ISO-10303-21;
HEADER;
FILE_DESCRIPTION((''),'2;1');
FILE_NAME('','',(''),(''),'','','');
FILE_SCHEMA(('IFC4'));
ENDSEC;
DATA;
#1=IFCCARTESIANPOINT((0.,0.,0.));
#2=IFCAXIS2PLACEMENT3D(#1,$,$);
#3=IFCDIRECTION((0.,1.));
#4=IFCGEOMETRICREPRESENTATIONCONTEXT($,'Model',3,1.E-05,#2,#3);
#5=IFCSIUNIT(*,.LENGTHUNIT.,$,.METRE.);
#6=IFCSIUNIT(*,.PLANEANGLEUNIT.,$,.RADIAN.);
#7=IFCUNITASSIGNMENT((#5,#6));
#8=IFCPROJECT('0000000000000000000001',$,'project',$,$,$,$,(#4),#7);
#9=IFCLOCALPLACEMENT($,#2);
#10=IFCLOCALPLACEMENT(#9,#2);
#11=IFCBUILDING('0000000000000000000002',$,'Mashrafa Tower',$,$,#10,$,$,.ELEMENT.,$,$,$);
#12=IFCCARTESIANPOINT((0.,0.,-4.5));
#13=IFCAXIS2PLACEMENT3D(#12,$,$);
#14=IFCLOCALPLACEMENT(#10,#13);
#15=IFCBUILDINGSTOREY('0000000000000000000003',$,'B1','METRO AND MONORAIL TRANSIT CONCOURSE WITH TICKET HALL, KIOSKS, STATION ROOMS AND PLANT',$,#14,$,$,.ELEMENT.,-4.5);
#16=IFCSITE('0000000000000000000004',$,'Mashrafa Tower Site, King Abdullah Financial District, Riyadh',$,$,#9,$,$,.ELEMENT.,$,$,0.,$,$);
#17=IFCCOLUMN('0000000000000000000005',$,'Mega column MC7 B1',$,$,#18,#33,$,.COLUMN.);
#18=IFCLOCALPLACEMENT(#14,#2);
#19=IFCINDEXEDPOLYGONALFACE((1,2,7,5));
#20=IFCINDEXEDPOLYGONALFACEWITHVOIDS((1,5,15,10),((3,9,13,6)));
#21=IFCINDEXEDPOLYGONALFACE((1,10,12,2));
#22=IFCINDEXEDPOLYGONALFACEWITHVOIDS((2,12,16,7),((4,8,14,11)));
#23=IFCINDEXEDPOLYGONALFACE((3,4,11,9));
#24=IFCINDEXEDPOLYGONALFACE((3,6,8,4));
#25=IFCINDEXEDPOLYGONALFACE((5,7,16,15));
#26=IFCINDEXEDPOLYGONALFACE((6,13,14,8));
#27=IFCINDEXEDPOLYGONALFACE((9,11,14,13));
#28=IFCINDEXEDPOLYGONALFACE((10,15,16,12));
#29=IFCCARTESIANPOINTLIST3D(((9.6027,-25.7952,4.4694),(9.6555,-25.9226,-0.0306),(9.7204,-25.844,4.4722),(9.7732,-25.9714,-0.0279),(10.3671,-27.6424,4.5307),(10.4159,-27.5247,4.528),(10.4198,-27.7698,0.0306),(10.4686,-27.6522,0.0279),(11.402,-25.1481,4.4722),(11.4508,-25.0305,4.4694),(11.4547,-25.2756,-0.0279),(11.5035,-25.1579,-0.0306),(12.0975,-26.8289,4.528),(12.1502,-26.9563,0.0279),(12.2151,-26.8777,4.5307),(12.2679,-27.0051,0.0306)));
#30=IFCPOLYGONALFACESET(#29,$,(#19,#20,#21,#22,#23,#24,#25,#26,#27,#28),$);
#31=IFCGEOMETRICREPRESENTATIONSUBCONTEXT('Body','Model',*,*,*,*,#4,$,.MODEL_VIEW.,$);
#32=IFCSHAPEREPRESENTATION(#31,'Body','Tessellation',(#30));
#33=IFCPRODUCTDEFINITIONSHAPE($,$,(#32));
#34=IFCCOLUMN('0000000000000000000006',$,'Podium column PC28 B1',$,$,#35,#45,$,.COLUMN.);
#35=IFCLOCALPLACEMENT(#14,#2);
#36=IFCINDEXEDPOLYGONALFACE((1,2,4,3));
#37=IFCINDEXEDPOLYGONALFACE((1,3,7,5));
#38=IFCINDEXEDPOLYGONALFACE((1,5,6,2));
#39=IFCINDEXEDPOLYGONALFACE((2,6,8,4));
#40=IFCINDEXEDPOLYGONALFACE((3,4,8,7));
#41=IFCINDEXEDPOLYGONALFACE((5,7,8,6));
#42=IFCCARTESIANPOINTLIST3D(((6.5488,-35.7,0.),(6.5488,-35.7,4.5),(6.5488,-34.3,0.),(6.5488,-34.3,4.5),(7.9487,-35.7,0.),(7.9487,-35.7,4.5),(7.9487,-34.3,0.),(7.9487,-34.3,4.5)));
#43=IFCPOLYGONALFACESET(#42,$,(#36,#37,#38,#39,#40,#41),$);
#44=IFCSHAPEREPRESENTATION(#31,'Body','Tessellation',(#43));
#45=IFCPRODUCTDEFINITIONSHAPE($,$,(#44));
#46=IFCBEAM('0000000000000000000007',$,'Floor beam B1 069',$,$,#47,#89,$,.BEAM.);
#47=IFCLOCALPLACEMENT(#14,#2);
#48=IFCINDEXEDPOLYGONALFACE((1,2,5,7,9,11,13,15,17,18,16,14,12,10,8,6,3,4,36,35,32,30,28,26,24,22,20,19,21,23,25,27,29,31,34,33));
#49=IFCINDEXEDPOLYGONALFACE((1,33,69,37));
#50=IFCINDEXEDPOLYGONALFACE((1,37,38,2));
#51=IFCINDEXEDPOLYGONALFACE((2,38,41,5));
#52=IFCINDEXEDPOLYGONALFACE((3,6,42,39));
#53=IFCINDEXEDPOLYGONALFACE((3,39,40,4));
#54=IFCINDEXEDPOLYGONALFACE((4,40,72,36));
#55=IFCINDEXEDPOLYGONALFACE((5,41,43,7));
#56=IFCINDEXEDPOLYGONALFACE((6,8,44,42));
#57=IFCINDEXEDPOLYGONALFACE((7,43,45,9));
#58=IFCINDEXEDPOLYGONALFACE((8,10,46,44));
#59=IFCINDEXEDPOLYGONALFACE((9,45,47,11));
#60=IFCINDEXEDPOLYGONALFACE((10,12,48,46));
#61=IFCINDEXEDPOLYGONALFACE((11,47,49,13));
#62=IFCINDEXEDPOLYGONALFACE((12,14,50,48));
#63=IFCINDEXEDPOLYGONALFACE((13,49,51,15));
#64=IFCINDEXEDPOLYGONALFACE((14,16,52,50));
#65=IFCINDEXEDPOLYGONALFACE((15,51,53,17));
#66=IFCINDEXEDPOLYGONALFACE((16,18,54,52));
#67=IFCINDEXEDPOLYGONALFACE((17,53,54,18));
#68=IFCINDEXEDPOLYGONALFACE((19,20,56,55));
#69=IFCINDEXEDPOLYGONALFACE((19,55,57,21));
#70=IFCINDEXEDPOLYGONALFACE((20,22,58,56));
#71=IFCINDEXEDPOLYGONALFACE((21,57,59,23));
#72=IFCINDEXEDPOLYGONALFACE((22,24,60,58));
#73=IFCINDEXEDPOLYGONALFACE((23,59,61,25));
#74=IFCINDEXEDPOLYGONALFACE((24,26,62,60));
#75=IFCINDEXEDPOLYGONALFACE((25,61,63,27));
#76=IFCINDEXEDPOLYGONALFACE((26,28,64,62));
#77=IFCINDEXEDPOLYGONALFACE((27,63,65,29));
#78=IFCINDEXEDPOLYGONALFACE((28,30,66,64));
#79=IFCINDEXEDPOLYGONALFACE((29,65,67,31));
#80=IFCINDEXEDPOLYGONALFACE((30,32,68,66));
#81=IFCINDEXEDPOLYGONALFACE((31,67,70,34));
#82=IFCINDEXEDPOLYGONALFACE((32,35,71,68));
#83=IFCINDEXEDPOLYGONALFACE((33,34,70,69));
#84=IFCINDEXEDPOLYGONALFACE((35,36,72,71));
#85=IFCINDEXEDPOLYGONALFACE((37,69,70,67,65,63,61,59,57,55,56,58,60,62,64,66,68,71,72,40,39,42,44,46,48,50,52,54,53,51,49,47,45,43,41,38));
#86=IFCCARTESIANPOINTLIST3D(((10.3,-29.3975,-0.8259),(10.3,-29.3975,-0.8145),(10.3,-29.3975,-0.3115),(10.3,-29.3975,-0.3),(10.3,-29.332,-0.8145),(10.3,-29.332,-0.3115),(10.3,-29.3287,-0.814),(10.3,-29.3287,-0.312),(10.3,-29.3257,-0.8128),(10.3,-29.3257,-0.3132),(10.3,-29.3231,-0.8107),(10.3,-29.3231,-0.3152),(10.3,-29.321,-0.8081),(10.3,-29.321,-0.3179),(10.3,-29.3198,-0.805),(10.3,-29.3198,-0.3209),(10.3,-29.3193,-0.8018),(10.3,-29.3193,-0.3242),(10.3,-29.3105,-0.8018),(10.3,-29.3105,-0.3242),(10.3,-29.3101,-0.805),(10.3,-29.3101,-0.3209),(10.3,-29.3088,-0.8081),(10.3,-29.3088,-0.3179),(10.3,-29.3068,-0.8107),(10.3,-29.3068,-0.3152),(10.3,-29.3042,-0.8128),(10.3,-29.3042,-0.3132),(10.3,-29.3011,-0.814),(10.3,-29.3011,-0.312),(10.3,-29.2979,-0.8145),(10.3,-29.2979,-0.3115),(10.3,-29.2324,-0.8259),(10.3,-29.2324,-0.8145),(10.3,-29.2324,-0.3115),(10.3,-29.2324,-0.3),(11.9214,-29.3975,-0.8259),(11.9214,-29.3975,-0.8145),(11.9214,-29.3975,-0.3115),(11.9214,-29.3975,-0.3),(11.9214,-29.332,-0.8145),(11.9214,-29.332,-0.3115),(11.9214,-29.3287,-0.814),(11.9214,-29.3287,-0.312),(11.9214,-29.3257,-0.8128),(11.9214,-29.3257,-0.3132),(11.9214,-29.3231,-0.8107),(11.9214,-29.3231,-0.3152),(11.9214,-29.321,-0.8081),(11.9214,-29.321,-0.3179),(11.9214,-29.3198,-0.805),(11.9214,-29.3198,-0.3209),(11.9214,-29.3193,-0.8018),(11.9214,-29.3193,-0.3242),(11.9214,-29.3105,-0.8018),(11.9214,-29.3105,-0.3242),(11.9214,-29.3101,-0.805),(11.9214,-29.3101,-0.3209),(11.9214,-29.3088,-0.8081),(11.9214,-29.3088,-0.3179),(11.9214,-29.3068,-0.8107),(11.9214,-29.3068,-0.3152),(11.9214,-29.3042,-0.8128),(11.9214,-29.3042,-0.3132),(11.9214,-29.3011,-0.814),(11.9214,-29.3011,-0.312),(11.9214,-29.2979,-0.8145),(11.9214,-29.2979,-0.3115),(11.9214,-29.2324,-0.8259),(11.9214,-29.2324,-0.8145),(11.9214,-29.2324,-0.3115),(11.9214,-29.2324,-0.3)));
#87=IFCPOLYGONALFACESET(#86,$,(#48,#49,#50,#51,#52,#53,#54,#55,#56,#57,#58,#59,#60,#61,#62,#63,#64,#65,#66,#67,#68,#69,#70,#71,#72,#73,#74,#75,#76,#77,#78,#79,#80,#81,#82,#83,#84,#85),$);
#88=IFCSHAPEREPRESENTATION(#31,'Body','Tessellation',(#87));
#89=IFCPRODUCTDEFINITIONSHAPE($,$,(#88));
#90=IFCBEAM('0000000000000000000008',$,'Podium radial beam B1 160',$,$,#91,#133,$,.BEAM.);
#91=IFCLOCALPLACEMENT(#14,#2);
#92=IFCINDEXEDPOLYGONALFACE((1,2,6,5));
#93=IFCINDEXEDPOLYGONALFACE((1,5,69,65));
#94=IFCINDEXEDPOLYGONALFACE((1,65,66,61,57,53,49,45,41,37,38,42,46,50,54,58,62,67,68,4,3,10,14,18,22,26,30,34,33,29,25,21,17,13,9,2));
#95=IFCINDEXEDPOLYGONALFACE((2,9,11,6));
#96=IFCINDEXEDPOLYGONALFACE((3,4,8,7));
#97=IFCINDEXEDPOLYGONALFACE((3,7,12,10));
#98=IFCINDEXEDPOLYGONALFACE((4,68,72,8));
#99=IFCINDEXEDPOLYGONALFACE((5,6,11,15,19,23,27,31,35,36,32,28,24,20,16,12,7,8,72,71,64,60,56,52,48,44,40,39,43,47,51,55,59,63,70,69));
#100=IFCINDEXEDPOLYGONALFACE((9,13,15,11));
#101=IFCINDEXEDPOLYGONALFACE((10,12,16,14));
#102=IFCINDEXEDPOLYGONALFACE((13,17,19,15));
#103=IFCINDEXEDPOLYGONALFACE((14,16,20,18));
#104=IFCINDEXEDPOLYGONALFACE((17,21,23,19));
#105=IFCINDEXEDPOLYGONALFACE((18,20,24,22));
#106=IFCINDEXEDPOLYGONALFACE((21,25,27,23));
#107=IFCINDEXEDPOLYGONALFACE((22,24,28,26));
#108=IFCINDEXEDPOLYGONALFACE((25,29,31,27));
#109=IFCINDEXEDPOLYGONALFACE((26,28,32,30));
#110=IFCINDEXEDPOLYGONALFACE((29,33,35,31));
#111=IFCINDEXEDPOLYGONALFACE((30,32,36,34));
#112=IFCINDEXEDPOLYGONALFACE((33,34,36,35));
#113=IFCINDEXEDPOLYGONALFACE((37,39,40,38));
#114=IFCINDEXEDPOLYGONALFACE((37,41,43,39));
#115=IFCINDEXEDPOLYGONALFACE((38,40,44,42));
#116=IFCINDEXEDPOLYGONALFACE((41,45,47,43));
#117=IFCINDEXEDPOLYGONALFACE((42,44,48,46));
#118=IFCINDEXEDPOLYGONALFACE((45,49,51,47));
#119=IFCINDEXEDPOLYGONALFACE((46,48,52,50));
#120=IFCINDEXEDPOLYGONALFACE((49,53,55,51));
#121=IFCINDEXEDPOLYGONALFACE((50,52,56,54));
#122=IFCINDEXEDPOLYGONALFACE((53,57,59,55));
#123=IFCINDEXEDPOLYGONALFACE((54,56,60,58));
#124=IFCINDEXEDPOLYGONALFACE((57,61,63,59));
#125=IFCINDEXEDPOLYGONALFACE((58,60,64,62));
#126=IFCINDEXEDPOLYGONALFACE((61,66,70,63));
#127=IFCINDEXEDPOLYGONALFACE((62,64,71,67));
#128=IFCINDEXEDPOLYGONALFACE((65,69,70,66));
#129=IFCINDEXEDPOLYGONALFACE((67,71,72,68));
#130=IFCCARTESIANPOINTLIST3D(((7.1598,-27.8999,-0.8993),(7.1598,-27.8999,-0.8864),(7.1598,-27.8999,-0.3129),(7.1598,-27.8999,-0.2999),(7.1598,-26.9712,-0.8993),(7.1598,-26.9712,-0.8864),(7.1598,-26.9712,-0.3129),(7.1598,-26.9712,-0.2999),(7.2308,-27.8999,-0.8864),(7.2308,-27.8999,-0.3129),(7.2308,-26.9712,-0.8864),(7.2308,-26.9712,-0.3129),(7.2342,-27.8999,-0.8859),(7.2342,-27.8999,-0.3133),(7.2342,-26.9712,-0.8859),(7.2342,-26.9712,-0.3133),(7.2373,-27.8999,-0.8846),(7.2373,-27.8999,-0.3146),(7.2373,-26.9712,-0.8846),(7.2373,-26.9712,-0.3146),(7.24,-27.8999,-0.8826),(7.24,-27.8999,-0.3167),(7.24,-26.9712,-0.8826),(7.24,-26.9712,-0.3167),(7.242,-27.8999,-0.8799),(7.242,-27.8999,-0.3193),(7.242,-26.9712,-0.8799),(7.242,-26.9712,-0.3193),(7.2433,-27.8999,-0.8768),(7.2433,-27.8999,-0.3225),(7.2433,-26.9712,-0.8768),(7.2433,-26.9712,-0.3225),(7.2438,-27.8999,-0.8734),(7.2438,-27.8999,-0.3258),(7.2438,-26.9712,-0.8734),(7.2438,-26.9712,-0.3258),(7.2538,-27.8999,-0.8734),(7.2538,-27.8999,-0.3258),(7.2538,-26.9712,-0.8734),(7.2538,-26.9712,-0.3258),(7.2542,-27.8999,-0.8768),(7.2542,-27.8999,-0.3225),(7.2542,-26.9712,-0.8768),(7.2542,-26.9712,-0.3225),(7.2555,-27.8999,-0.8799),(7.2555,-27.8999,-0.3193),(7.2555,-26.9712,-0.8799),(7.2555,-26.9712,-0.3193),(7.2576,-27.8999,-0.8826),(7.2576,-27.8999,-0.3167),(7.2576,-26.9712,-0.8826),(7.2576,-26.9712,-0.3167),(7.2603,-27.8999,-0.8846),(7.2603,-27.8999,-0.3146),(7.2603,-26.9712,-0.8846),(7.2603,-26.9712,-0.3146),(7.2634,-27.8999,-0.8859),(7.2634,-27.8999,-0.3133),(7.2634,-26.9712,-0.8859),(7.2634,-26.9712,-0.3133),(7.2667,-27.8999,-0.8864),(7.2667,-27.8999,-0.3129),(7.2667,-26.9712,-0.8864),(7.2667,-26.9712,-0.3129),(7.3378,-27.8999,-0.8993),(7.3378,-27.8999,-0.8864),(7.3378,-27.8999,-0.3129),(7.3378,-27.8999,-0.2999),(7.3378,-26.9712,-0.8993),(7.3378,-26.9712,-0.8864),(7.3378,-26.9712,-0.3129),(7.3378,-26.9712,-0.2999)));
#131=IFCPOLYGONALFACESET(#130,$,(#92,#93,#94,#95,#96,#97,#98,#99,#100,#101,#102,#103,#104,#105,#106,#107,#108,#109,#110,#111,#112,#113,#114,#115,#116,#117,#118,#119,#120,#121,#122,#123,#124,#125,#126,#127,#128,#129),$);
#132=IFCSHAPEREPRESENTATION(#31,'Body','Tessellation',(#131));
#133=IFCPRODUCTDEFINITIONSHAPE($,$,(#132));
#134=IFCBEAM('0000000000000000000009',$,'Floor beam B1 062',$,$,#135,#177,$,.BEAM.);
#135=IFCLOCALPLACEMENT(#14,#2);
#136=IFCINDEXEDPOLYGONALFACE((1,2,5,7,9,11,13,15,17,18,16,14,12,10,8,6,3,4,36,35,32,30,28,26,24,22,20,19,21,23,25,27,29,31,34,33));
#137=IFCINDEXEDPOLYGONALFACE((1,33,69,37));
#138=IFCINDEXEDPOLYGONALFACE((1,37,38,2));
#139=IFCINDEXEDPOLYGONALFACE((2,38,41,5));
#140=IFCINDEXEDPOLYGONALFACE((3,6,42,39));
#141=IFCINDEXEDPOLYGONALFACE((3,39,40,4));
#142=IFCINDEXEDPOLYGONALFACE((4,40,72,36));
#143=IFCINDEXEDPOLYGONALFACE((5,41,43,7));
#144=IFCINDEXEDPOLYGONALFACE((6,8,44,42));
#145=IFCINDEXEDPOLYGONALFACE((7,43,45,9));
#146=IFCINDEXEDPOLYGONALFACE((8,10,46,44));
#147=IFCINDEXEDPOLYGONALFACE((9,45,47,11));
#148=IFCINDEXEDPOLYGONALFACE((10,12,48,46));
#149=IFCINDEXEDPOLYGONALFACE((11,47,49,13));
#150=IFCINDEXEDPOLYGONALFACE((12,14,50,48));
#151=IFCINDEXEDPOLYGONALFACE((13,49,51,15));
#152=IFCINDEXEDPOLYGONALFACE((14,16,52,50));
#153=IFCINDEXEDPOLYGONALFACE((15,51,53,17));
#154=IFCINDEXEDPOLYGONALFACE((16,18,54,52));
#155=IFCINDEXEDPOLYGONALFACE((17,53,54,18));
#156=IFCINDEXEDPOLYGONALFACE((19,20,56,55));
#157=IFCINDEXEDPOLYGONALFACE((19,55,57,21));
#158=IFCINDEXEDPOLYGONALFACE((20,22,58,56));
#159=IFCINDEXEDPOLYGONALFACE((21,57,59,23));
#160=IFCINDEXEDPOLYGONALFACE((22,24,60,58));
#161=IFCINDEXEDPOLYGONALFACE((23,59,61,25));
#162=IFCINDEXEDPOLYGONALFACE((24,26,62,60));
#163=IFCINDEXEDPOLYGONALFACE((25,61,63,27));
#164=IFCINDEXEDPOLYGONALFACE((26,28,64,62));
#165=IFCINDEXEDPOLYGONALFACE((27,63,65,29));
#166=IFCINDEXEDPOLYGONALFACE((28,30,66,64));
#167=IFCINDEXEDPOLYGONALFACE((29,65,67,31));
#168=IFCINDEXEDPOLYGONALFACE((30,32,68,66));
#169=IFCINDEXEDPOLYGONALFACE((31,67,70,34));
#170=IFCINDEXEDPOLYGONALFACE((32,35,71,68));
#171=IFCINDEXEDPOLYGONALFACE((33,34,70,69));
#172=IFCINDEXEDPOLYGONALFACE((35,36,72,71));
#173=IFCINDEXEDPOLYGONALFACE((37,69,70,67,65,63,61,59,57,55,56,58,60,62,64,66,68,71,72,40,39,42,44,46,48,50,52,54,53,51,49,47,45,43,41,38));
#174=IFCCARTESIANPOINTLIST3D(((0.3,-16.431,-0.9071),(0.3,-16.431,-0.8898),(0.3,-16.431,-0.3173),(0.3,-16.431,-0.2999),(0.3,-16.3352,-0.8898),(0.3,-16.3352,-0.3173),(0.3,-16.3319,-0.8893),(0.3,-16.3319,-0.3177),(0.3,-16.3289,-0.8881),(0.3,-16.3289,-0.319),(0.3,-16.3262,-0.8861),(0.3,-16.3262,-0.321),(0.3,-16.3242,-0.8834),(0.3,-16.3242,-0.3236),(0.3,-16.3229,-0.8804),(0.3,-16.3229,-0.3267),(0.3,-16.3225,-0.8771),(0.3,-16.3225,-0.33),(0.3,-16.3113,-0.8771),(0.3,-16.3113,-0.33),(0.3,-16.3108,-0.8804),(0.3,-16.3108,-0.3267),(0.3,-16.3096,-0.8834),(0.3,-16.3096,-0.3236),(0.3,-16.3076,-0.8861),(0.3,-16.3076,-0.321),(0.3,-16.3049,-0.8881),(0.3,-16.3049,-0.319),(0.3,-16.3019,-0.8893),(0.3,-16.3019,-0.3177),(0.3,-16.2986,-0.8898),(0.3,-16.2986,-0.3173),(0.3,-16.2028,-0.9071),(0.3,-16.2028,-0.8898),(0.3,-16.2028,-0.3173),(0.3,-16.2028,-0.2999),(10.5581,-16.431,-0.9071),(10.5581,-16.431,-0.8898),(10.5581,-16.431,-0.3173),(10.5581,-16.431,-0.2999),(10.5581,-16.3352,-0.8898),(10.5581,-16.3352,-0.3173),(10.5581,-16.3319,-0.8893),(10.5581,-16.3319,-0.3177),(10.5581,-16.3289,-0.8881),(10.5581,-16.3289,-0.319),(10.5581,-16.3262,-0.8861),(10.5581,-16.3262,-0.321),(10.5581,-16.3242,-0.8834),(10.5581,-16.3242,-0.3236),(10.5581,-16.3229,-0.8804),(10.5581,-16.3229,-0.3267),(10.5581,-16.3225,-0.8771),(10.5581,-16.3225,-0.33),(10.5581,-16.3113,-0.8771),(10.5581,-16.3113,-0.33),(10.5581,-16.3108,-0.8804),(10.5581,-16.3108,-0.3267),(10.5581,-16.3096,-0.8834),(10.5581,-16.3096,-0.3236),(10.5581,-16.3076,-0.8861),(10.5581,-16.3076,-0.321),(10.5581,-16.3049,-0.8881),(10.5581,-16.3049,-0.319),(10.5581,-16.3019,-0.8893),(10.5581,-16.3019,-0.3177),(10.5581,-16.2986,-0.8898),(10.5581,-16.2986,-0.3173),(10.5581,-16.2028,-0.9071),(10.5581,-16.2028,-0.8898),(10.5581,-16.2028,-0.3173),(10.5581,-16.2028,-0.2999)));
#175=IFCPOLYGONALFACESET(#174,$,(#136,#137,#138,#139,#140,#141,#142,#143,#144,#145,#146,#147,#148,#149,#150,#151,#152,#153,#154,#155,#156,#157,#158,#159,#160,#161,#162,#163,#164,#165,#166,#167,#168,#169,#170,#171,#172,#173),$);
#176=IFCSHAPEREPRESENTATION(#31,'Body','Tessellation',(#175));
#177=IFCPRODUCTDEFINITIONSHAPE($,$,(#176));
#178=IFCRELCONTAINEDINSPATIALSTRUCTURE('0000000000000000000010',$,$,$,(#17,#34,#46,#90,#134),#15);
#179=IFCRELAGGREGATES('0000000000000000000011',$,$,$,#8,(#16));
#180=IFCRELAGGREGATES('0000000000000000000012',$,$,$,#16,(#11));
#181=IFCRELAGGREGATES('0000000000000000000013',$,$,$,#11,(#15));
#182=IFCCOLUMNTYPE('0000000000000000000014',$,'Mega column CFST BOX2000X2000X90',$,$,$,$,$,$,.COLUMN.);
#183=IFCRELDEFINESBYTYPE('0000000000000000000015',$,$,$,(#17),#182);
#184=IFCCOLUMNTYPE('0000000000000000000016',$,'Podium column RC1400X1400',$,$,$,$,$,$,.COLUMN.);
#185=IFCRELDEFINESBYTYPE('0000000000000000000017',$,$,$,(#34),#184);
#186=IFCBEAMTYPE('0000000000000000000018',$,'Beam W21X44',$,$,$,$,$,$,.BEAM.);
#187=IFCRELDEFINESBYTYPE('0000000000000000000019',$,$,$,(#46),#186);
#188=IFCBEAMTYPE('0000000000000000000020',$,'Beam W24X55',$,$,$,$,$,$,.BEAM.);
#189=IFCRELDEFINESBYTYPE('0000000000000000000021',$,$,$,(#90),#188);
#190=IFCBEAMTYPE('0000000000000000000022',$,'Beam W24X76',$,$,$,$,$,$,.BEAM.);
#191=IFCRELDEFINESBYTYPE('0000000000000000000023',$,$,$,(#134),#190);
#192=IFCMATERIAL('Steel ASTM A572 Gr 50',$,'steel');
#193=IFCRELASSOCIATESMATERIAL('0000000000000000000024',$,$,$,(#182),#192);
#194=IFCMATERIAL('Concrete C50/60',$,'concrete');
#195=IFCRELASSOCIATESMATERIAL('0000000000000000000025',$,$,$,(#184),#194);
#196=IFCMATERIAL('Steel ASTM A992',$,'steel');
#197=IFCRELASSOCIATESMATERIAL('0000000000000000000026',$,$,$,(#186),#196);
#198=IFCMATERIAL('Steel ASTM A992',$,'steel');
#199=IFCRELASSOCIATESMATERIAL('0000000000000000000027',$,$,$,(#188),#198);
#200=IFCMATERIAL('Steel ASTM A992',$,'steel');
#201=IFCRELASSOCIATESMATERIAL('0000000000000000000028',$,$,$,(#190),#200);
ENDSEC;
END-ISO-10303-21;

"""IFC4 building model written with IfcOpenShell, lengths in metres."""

from ifc_helpers import new_model, si_unit, direction, frame, origin, origin_2d, place, context, subcontext, project, spatial, rectangle, hollow_rectangle, i_section, extrude, material, material_profile, profile_set, type_object, element, save


model = new_model("IFC4")

# Units and contexts
model_context = context("Model", 3, precision=1e-05, world=origin(), true_north=direction((0.0, 1.0)))
body_context = subcontext(model_context, "Body", "Model", "MODEL_VIEW")
ifc_project = project(units=[si_unit("LENGTHUNIT", "METRE"), si_unit("PLANEANGLEUNIT", "RADIAN")], contexts=[model_context])

# Site, building, storey
site_placement = place(None, origin())
site = spatial("IfcSite", under=ifc_project, at=site_placement, Name="Mashrafa Tower Site, King Abdullah Financial District, Riyadh", CompositionType="ELEMENT", RefElevation=0.0)
building_placement = place(site_placement, origin())
building = spatial("IfcBuilding", under=site, at=building_placement, Name="Mashrafa Tower", CompositionType="ELEMENT")
storey_placement = place(building_placement, frame((0.0, 0.0, -4.5)))
storey = spatial("IfcBuildingStorey", under=building, at=storey_placement, Name="B1", Description="METRO AND MONORAIL TRANSIT CONCOURSE WITH TICKET HALL, KIOSKS, STATION ROOMS AND PLANT", CompositionType="ELEMENT", Elevation=-4.5)

# Columns
ifc_material_1 = material(Name="Steel ASTM A572 Gr 50", Category="steel")
ifc_material_profile_1 = material_profile(ifc_material_1, hollow_rectangle(XDim=2.0, YDim=2.0, WallThickness=0.0901, at=origin_2d()), Name="BOX2000X2000X90")
ifc_profile_set_1 = profile_set([ifc_material_profile_1], Name="Steel ASTM A572 Gr 50")
column_type_1 = type_object("IfcColumnType", Name="Mega column CFST BOX2000X2000X90", PredefinedType="COLUMN", material=ifc_profile_set_1)
column_1_placement = place(storey_placement, frame((10.9617, -26.4639, 0.0), z_axis=(-0.011713, 0.028307, 0.999531), x_axis=(-0.924017, -0.382352, 0.0)))
element("IfcColumn", 1, at=column_1_placement, inside=storey, type_object=column_type_1, Name="Mega column MC7 B1", PredefinedType="COLUMN", context=body_context, shape_type="SweptSolid", body=[
    extrude(hollow_rectangle(XDim=2.0, YDim=2.0, WallThickness=0.0901, at=origin_2d()), origin(), (0.0, 0.0, 1.0), 4.5022),
])
ifc_material_2 = material(Name="Concrete C50/60", Category="concrete")
ifc_material_profile_2 = material_profile(ifc_material_2, rectangle(XDim=1.3999, YDim=1.3999, at=origin_2d()), Name="RC1400X1400")
ifc_profile_set_2 = profile_set([ifc_material_profile_2], Name="Concrete C50/60")
column_type_2 = type_object("IfcColumnType", Name="Podium column RC1400X1400", PredefinedType="COLUMN", material=ifc_profile_set_2)
column_2_placement = place(storey_placement, frame((7.2488, -35.0, 0.0), z_axis=(0.0, 0.0, 1.0), x_axis=(1.0, 0.0, 0.0)))
element("IfcColumn", 2, at=column_2_placement, inside=storey, type_object=column_type_2, Name="Podium column PC28 B1", PredefinedType="COLUMN", context=body_context, shape_type="SweptSolid", body=[
    extrude(rectangle(XDim=1.3999, YDim=1.3999, at=origin_2d()), origin(), (0.0, 0.0, 1.0), 4.5),
])

# Beams
ifc_material_3 = material(Name="Steel ASTM A992", Category="steel")
ifc_material_profile_3 = material_profile(ifc_material_3, i_section(OverallWidth=0.165, OverallDepth=0.5259, WebThickness=0.0088, FlangeThickness=0.0115, FilletRadius=0.0127, at=origin_2d()), Name="W21X44")
ifc_profile_set_3 = profile_set([ifc_material_profile_3], Name="Steel ASTM A992")
beam_type_1 = type_object("IfcBeamType", Name="Beam W21X44", PredefinedType="BEAM", material=ifc_profile_set_3)
beam_1_placement = place(storey_placement, frame((11.9214, -29.3149, -0.563), z_axis=(-1.0, 0.0, 0.0), x_axis=(0.0, -1.0, 0.0)))
element("IfcBeam", 3, at=beam_1_placement, inside=storey, type_object=beam_type_1, Name="Floor beam B1 069", PredefinedType="BEAM", context=body_context, shape_type="SweptSolid", body=[
    extrude(i_section(OverallWidth=0.165, OverallDepth=0.5259, WebThickness=0.0088, FlangeThickness=0.0115, FilletRadius=0.0127, at=origin_2d()), origin(), (0.0, 0.0, 1.0), 1.6213),
])
ifc_material_4 = material(Name="Steel ASTM A992", Category="steel")
ifc_material_profile_4 = material_profile(ifc_material_4, i_section(OverallWidth=0.178, OverallDepth=0.5994, WebThickness=0.01, FlangeThickness=0.0129, FilletRadius=0.0129, at=origin_2d()), Name="W24X55")
ifc_profile_set_4 = profile_set([ifc_material_profile_4], Name="Steel ASTM A992")
beam_type_2 = type_object("IfcBeamType", Name="Beam W24X55", PredefinedType="BEAM", material=ifc_profile_set_4)
beam_2_placement = place(storey_placement, frame((7.2488, -26.9712, -0.5996), z_axis=(0.0, -1.0, 0.0), x_axis=(1.0, 0.0, 0.0)))
element("IfcBeam", 4, at=beam_2_placement, inside=storey, type_object=beam_type_2, Name="Podium radial beam B1 160", PredefinedType="BEAM", context=body_context, shape_type="SweptSolid", body=[
    extrude(i_section(OverallWidth=0.178, OverallDepth=0.5994, WebThickness=0.01, FlangeThickness=0.0129, FilletRadius=0.0129, at=origin_2d()), origin(), (0.0, 0.0, 1.0), 0.9287),
])
ifc_material_5 = material(Name="Steel ASTM A992", Category="steel")
ifc_material_profile_5 = material_profile(ifc_material_5, i_section(OverallWidth=0.2283, OverallDepth=0.6072, WebThickness=0.0112, FlangeThickness=0.0173, FilletRadius=0.0127, at=origin_2d()), Name="W24X76")
ifc_profile_set_5 = profile_set([ifc_material_profile_5], Name="Steel ASTM A992")
beam_type_3 = type_object("IfcBeamType", Name="Beam W24X76", PredefinedType="BEAM", material=ifc_profile_set_5)
beam_3_placement = place(storey_placement, frame((10.5581, -16.3169, -0.6035), z_axis=(-1.0, 0.0, 0.0), x_axis=(0.0, -1.0, 0.0)))
element("IfcBeam", 5, at=beam_3_placement, inside=storey, type_object=beam_type_3, Name="Floor beam B1 062", PredefinedType="BEAM", context=body_context, shape_type="SweptSolid", body=[
    extrude(i_section(OverallWidth=0.2283, OverallDepth=0.6072, WebThickness=0.0112, FlangeThickness=0.0173, FilletRadius=0.0127, at=origin_2d()), origin(), (0.0, 0.0, 1.0), 10.2581),
])

save(model, "model.ifc")
